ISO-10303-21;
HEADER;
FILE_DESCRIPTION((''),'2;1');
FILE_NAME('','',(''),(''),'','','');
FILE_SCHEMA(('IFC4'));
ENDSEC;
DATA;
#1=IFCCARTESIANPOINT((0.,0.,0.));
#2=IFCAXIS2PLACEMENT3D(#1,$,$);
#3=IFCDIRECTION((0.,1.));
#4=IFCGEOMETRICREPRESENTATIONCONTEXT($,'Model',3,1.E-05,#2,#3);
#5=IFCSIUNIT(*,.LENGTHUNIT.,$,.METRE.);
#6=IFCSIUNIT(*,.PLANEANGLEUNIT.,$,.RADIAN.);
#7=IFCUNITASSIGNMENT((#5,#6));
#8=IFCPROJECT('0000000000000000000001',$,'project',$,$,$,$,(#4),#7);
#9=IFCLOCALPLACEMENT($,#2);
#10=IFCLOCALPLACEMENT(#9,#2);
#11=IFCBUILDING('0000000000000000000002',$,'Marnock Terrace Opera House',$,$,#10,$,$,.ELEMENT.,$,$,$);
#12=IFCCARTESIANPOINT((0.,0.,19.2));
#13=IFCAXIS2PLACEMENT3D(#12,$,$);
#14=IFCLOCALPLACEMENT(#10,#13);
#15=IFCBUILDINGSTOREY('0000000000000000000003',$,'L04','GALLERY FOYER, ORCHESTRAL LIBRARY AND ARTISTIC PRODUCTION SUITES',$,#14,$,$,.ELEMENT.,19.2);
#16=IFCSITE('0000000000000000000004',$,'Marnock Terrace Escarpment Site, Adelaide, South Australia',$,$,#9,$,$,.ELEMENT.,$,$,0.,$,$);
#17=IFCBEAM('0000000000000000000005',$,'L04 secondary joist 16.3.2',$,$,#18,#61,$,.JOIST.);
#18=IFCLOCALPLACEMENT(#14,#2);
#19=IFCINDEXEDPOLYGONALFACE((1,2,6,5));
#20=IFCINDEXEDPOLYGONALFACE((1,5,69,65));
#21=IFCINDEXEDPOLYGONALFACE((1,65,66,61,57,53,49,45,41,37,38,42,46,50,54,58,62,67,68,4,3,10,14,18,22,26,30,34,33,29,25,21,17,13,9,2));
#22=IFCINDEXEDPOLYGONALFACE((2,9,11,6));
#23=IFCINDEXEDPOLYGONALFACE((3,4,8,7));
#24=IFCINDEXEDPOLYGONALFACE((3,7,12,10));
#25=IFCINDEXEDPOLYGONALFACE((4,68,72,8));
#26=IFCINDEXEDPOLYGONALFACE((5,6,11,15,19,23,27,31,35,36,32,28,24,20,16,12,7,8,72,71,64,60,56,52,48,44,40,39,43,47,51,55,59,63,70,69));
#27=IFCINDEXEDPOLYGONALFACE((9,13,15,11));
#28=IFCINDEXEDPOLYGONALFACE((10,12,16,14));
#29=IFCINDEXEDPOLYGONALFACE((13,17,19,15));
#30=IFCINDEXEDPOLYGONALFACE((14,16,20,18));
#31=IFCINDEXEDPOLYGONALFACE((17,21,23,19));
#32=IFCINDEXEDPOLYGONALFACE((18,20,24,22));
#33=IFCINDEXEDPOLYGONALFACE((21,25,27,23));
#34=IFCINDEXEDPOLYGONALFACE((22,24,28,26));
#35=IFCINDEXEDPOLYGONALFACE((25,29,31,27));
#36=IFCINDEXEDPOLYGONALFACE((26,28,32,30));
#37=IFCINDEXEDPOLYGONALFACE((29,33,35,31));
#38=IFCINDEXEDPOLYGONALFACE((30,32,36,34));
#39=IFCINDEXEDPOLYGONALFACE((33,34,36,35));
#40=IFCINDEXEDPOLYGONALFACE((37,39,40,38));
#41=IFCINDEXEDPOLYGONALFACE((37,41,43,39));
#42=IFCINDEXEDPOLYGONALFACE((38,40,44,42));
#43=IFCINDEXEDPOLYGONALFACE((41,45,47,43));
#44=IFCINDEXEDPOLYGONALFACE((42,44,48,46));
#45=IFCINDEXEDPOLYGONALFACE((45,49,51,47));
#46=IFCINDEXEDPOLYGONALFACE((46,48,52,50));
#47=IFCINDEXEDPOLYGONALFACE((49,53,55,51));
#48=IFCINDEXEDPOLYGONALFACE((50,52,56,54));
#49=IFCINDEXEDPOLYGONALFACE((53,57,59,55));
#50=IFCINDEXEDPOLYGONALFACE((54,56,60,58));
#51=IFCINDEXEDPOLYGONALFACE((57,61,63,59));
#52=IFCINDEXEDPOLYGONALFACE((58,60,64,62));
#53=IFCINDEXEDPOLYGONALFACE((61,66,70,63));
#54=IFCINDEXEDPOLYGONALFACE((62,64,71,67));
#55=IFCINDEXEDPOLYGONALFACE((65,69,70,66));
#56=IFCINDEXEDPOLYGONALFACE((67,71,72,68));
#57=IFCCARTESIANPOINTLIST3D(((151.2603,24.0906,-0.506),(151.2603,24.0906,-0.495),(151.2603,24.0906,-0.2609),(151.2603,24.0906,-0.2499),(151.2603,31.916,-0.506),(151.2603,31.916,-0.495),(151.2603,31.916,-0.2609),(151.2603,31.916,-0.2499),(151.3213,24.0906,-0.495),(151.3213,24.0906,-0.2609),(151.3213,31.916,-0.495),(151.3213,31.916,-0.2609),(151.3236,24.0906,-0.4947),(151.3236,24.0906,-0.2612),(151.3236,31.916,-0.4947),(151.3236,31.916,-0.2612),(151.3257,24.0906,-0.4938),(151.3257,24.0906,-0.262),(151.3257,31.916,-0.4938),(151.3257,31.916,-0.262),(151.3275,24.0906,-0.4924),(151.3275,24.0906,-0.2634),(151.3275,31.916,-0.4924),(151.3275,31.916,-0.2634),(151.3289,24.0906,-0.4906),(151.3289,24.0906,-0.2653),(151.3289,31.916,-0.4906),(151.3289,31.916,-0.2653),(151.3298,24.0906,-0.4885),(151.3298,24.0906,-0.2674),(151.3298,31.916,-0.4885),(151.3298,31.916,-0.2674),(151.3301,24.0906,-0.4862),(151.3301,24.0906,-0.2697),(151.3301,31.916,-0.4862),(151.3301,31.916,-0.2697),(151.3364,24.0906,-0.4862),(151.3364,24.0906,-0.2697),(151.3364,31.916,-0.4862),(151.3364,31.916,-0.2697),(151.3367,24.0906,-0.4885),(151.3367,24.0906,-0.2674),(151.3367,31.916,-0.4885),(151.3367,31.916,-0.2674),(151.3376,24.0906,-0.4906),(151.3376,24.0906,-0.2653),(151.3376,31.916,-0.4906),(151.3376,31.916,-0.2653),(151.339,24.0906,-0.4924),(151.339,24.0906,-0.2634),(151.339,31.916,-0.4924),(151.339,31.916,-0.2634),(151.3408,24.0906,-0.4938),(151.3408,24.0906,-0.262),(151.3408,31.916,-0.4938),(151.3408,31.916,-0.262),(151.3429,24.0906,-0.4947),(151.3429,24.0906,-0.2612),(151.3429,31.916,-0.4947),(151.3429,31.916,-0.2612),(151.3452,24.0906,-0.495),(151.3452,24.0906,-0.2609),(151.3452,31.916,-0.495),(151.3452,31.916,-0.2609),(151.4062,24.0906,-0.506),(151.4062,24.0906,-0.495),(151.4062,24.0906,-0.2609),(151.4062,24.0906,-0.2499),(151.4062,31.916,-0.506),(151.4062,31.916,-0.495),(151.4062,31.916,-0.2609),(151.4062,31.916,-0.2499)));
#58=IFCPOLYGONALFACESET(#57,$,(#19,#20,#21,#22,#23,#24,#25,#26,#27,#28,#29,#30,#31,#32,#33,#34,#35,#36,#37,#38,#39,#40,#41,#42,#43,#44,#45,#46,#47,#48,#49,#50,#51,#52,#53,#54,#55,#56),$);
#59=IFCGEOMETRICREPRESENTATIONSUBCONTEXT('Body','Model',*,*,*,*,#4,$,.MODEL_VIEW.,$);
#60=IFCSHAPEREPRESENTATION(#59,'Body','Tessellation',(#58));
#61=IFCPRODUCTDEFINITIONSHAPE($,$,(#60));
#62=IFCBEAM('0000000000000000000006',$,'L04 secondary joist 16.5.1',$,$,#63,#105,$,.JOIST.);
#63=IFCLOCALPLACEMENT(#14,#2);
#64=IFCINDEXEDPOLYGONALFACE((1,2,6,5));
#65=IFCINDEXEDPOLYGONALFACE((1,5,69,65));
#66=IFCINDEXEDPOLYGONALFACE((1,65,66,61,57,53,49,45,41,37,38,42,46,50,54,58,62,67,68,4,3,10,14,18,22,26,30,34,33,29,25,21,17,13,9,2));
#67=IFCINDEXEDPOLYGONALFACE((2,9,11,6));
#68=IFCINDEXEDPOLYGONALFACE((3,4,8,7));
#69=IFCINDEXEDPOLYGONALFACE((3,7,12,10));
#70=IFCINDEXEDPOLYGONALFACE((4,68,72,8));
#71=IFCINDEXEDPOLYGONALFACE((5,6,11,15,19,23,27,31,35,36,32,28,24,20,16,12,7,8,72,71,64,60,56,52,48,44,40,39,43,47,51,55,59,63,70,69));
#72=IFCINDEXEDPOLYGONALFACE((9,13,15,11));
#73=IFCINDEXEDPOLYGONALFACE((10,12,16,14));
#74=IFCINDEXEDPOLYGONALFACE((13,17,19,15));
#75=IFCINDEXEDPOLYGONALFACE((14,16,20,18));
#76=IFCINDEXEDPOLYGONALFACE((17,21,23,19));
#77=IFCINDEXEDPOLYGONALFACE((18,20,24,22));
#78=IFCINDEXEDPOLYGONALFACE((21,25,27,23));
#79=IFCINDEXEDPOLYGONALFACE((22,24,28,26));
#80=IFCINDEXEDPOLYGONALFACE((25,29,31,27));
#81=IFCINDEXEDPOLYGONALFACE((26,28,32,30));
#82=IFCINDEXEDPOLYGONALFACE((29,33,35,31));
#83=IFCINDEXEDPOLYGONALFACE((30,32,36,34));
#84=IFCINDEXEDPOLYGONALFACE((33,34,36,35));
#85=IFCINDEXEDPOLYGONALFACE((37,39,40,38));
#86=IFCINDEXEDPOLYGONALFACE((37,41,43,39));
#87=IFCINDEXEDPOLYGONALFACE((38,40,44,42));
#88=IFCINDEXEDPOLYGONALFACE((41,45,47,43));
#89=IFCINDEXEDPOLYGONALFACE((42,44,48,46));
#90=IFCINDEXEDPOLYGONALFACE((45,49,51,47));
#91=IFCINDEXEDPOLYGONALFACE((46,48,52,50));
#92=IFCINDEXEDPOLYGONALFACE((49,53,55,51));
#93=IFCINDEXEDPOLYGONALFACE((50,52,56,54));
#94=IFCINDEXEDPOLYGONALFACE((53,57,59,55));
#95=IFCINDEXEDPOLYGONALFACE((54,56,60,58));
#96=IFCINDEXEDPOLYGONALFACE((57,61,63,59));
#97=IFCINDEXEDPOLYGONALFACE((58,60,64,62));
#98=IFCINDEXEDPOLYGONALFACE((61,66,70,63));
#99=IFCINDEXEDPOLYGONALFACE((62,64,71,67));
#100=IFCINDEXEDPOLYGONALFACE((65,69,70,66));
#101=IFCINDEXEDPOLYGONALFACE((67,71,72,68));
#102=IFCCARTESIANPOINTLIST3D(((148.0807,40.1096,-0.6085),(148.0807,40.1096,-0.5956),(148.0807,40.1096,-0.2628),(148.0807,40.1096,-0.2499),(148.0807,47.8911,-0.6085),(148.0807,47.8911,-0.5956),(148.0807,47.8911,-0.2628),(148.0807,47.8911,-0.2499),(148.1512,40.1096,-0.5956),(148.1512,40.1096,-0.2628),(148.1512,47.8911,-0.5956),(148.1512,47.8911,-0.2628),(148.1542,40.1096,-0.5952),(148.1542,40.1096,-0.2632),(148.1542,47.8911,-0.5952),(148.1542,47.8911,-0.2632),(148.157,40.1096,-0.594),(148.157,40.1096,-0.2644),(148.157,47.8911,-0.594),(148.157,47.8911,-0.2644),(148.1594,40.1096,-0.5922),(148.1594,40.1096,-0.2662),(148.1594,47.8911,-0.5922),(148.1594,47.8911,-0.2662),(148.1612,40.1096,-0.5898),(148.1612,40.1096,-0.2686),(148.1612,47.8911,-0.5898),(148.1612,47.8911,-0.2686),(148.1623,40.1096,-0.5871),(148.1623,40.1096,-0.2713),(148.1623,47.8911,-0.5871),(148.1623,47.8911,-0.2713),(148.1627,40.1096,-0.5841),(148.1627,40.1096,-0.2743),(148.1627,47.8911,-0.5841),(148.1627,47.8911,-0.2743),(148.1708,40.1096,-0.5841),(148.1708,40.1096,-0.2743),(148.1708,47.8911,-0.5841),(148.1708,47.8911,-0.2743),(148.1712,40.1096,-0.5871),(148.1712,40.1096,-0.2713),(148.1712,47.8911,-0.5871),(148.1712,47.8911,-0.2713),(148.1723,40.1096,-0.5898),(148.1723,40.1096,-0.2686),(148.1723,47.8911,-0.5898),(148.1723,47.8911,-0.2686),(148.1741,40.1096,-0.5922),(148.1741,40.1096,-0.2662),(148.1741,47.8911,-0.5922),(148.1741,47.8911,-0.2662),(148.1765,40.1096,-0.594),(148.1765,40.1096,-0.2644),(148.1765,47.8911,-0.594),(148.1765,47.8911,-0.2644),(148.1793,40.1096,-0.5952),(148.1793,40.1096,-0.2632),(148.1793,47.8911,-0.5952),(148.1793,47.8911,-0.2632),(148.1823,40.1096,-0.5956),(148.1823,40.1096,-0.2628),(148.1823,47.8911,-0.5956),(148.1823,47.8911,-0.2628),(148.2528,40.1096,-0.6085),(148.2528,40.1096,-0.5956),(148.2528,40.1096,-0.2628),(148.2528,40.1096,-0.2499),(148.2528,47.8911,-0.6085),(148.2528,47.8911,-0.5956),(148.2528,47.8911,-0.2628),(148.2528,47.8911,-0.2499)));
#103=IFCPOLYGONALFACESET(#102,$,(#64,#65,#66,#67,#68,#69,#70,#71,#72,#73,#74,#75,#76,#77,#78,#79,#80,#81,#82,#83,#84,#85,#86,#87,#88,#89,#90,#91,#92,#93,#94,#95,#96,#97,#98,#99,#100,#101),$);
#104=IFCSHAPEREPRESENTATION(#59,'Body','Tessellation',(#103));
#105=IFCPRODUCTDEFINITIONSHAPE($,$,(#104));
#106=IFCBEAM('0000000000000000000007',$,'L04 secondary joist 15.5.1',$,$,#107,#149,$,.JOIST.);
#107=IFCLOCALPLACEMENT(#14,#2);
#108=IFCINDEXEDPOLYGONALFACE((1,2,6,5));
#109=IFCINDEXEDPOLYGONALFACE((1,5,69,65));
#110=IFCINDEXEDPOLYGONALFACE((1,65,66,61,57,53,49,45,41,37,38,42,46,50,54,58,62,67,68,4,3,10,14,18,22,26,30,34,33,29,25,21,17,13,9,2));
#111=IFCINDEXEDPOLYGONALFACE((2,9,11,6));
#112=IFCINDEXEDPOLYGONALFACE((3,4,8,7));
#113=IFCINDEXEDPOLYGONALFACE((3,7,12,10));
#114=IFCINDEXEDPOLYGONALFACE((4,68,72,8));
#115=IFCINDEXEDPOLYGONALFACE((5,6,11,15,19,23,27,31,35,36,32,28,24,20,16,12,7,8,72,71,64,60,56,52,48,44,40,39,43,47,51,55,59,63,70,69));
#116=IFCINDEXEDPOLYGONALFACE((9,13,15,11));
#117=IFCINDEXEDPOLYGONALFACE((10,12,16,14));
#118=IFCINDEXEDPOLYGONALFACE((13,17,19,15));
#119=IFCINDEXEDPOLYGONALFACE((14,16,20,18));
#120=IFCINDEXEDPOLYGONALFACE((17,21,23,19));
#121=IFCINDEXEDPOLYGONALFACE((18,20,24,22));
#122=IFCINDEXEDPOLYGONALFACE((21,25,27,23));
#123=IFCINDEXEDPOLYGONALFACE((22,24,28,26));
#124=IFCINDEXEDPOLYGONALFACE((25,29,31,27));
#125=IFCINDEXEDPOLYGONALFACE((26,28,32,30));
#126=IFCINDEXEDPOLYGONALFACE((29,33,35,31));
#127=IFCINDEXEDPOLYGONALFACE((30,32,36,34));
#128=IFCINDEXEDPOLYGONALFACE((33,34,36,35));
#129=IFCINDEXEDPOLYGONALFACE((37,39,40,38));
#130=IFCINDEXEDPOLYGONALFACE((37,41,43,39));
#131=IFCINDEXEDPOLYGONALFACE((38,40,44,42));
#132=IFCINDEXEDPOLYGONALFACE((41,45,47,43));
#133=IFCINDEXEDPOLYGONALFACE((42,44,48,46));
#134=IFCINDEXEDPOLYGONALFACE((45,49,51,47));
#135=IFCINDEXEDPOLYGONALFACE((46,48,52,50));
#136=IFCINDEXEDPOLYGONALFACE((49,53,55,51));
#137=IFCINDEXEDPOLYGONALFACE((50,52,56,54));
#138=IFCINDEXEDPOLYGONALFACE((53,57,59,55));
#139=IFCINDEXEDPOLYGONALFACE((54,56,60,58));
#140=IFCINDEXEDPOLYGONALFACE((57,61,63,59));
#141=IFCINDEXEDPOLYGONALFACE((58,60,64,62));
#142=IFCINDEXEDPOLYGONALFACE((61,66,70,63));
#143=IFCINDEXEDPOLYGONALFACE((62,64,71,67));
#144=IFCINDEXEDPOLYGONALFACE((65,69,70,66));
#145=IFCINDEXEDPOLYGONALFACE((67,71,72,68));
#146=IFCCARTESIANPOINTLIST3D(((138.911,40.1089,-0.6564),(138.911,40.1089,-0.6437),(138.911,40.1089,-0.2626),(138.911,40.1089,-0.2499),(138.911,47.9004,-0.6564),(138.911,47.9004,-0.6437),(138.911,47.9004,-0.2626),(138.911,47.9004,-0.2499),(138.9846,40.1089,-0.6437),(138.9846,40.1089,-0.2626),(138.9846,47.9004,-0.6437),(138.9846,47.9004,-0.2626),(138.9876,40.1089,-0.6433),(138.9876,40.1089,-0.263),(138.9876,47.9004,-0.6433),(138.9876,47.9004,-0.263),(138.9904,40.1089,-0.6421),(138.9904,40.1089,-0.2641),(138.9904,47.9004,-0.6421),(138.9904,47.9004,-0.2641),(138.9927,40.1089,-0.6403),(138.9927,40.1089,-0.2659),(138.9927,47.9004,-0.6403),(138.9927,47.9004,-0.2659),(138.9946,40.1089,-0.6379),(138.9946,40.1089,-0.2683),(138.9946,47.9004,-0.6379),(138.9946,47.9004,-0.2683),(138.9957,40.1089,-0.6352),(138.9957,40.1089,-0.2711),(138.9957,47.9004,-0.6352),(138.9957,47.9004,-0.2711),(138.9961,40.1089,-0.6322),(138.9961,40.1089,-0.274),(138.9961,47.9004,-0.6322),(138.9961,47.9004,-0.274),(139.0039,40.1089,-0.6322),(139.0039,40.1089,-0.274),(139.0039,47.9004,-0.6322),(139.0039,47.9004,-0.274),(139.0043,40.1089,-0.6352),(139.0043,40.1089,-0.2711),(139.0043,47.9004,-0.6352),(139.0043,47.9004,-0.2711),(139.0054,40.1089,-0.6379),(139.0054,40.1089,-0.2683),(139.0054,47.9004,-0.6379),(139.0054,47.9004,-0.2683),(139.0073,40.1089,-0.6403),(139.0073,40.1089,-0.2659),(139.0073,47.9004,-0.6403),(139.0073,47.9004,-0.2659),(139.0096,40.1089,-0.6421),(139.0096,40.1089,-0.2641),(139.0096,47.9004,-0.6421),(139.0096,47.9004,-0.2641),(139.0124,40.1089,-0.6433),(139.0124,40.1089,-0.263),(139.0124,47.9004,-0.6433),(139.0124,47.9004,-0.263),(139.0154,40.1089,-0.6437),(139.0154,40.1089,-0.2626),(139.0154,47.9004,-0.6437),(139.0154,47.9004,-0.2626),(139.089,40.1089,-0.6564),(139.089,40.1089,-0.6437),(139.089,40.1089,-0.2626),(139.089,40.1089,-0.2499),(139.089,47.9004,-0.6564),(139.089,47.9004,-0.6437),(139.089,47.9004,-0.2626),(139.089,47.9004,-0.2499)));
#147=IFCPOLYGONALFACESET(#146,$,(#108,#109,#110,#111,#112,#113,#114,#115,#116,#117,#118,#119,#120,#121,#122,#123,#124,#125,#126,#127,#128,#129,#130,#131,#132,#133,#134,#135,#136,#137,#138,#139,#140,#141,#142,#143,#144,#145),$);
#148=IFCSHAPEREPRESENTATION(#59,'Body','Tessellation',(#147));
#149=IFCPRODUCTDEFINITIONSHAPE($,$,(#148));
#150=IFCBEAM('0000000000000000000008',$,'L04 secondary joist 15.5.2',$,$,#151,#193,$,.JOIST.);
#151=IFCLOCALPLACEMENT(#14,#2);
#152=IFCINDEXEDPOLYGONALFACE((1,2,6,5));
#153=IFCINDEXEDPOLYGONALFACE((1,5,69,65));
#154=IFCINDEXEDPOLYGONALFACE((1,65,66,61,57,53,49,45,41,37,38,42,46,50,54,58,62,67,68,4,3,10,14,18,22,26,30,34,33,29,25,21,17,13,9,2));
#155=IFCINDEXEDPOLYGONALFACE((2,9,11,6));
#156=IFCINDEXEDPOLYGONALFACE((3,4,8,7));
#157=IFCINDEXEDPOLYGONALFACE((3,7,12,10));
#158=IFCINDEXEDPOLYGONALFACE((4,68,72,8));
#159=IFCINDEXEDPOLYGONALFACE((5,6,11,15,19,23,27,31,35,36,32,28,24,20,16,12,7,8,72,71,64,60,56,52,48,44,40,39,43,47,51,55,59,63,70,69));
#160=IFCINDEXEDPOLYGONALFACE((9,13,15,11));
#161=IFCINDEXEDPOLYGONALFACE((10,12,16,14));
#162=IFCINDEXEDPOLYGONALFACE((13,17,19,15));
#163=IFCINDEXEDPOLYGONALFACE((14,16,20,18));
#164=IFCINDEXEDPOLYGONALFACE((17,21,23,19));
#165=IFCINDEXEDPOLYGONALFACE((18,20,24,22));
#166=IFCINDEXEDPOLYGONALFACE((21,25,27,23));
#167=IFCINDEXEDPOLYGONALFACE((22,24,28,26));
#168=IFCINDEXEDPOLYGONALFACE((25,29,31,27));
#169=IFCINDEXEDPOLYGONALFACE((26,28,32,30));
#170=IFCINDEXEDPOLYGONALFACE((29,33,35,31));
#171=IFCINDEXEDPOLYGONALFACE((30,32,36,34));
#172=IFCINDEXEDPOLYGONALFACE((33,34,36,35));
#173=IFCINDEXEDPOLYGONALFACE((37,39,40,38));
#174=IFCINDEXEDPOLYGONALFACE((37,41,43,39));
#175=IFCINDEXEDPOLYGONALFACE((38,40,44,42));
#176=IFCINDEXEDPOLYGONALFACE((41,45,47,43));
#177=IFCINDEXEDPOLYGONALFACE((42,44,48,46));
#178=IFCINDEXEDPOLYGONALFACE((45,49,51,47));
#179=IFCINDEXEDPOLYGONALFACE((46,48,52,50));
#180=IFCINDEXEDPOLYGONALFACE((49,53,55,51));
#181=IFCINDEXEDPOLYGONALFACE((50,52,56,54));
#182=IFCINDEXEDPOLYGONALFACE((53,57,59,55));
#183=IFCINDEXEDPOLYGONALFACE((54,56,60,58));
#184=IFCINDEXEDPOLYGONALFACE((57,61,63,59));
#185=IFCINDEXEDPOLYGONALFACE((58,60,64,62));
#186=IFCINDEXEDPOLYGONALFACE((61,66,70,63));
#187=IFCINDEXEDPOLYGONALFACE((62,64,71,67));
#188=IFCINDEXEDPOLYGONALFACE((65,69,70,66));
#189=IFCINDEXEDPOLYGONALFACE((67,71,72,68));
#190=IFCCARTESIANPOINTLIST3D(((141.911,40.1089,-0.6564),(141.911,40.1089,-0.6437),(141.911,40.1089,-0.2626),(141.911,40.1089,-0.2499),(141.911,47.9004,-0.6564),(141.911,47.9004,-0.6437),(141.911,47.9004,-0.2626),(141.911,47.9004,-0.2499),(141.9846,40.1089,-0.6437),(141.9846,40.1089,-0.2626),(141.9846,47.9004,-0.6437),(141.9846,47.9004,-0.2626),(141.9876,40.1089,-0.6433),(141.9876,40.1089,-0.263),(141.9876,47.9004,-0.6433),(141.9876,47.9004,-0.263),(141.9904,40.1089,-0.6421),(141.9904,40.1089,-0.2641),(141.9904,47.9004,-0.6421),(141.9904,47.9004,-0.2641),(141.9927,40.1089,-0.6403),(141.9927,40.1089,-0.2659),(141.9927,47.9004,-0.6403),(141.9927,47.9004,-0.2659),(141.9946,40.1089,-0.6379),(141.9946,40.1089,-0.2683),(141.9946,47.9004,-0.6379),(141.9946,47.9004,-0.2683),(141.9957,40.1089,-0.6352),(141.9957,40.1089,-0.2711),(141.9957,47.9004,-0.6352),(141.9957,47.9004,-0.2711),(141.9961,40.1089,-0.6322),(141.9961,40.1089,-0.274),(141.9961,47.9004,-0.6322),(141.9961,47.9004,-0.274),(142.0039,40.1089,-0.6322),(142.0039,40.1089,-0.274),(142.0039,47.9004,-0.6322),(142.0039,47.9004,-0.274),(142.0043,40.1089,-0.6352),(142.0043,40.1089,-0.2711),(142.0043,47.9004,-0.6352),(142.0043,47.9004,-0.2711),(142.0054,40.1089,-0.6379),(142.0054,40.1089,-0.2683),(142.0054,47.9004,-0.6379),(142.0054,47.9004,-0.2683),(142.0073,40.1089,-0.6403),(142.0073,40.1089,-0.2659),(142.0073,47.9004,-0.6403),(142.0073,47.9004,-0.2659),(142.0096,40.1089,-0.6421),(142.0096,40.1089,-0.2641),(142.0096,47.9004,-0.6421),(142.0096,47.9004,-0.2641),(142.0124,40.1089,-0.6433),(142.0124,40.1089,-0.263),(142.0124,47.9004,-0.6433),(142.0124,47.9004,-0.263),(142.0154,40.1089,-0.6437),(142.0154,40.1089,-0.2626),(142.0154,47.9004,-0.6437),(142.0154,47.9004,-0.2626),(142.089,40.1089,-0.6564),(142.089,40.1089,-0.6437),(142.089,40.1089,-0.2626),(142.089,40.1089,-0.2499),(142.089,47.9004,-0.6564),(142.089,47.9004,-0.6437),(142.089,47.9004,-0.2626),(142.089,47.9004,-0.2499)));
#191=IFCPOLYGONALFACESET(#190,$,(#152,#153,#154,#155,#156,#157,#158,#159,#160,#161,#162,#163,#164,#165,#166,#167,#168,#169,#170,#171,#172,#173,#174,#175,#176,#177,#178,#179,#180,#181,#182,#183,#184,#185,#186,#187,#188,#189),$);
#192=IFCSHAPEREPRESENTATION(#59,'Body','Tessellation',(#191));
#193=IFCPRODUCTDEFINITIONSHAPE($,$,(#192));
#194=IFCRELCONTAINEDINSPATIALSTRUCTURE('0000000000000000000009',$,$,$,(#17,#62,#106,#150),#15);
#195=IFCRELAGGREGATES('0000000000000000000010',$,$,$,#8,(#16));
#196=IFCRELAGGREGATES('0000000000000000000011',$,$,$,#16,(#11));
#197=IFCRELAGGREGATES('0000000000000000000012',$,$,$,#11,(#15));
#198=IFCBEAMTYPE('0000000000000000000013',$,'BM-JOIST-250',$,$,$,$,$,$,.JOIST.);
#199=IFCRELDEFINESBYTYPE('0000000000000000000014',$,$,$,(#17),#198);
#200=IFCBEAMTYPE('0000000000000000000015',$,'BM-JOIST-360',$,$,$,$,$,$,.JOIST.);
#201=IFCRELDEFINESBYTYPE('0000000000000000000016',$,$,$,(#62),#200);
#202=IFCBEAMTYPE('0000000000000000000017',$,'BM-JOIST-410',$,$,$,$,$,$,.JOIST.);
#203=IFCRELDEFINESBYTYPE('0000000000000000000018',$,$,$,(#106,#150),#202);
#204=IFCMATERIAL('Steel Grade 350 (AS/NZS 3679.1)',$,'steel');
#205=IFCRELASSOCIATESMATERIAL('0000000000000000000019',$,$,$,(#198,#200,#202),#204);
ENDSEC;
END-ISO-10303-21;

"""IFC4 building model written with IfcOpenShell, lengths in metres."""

from ifc_helpers import new_model, si_unit, direction, frame, origin, origin_2d, place, context, subcontext, project, spatial, i_section, extrude, material, material_profile, profile_set, type_object, element, save


model = new_model("IFC4")

# Units and contexts
model_context = context("Model", 3, precision=1e-05, world=origin(), true_north=direction((0.0, 1.0)))
body_context = subcontext(model_context, "Body", "Model", "MODEL_VIEW")
ifc_project = project(units=[si_unit("LENGTHUNIT", "METRE"), si_unit("PLANEANGLEUNIT", "RADIAN")], contexts=[model_context])

# Site, building, storey
site_placement = place(None, origin())
site = spatial("IfcSite", under=ifc_project, at=site_placement, Name="Marnock Terrace Escarpment Site, Adelaide, South Australia", CompositionType="ELEMENT", RefElevation=0.0)
building_placement = place(site_placement, origin())
building = spatial("IfcBuilding", under=site, at=building_placement, Name="Marnock Terrace Opera House", CompositionType="ELEMENT")
storey_placement = place(building_placement, frame((0.0, 0.0, 19.2)))
storey = spatial("IfcBuildingStorey", under=building, at=storey_placement, Name="L04", Description="GALLERY FOYER, ORCHESTRAL LIBRARY AND ARTISTIC PRODUCTION SUITES", CompositionType="ELEMENT", Elevation=19.2)

# Shared definitions
ifc_material_1 = material(Name="Steel Grade 350 (AS/NZS 3679.1)", Category="steel")

# Beams
ifc_material_profile_1 = material_profile(ifc_material_1, i_section(OverallWidth=0.146, OverallDepth=0.2561, WebThickness=0.0063, FlangeThickness=0.011, FilletRadius=0.0088, at=origin_2d()))
ifc_profile_set_1 = profile_set([ifc_material_profile_1], Name="Steel Grade 350 (AS/NZS 3679.1)")
beam_type_1 = type_object("IfcBeamType", Name="BM-JOIST-250", PredefinedType="JOIST", material=ifc_profile_set_1)
for number, where, z_axis, x_axis, name in (
    (1, (151.3333, 24.0906, -0.3779), (0.0, 1.0, 0.0), (-1.0, 0.0, 0.0), "L04 secondary joist 16.3.2"),
):
    element("IfcBeam", number, at=place(storey_placement, frame(where, z_axis=z_axis, x_axis=x_axis)), inside=storey, type_object=beam_type_1, Name=name, PredefinedType="JOIST", context=body_context, shape_type="SweptSolid", body=[
        extrude(i_section(OverallWidth=0.146, OverallDepth=0.2561, WebThickness=0.0063, FlangeThickness=0.011, FilletRadius=0.0088, at=origin_2d()), origin(), (0.0, 0.0, 1.0), 7.8254),
    ])
ifc_material_profile_2 = material_profile(ifc_material_1, i_section(OverallWidth=0.1721, OverallDepth=0.3586, WebThickness=0.0081, FlangeThickness=0.0129, FilletRadius=0.0115, at=origin_2d()))
ifc_profile_set_2 = profile_set([ifc_material_profile_2], Name="Steel Grade 350 (AS/NZS 3679.1)")
beam_type_2 = type_object("IfcBeamType", Name="BM-JOIST-360", PredefinedType="JOIST", material=ifc_profile_set_2)
beam_1_placement = place(storey_placement, frame((148.1667, 40.1096, -0.4292), z_axis=(0.0, 1.0, 0.0), x_axis=(-1.0, 0.0, 0.0)))
element("IfcBeam", 2, at=beam_1_placement, inside=storey, type_object=beam_type_2, Name="L04 secondary joist 16.5.1", PredefinedType="JOIST", context=body_context, shape_type="SweptSolid", body=[
    extrude(i_section(OverallWidth=0.1721, OverallDepth=0.3586, WebThickness=0.0081, FlangeThickness=0.0129, FilletRadius=0.0115, at=origin_2d()), origin(), (0.0, 0.0, 1.0), 7.7815),
])
ifc_material_profile_3 = material_profile(ifc_material_1, i_section(OverallWidth=0.178, OverallDepth=0.4065, WebThickness=0.0078, FlangeThickness=0.0127, FilletRadius=0.0115, at=origin_2d()))
ifc_profile_set_3 = profile_set([ifc_material_profile_3], Name="Steel Grade 350 (AS/NZS 3679.1)")
beam_type_3 = type_object("IfcBeamType", Name="BM-JOIST-410", PredefinedType="JOIST", material=ifc_profile_set_3)
for number, where, z_axis, x_axis, name in (
    (3, (139.0, 40.1089, -0.4531), (0.0, 1.0, 0.0), (-1.0, 0.0, 0.0), "L04 secondary joist 15.5.1"),
    (4, (142.0, 40.1089, -0.4531), (0.0, 1.0, 0.0), (-1.0, 0.0, 0.0), "L04 secondary joist 15.5.2"),
):
    element("IfcBeam", number, at=place(storey_placement, frame(where, z_axis=z_axis, x_axis=x_axis)), inside=storey, type_object=beam_type_3, Name=name, PredefinedType="JOIST", context=body_context, shape_type="SweptSolid", body=[
        extrude(i_section(OverallWidth=0.178, OverallDepth=0.4065, WebThickness=0.0078, FlangeThickness=0.0127, FilletRadius=0.0115, at=origin_2d()), origin(), (0.0, 0.0, 1.0), 7.7915),
    ])

save(model, "model.ifc")
